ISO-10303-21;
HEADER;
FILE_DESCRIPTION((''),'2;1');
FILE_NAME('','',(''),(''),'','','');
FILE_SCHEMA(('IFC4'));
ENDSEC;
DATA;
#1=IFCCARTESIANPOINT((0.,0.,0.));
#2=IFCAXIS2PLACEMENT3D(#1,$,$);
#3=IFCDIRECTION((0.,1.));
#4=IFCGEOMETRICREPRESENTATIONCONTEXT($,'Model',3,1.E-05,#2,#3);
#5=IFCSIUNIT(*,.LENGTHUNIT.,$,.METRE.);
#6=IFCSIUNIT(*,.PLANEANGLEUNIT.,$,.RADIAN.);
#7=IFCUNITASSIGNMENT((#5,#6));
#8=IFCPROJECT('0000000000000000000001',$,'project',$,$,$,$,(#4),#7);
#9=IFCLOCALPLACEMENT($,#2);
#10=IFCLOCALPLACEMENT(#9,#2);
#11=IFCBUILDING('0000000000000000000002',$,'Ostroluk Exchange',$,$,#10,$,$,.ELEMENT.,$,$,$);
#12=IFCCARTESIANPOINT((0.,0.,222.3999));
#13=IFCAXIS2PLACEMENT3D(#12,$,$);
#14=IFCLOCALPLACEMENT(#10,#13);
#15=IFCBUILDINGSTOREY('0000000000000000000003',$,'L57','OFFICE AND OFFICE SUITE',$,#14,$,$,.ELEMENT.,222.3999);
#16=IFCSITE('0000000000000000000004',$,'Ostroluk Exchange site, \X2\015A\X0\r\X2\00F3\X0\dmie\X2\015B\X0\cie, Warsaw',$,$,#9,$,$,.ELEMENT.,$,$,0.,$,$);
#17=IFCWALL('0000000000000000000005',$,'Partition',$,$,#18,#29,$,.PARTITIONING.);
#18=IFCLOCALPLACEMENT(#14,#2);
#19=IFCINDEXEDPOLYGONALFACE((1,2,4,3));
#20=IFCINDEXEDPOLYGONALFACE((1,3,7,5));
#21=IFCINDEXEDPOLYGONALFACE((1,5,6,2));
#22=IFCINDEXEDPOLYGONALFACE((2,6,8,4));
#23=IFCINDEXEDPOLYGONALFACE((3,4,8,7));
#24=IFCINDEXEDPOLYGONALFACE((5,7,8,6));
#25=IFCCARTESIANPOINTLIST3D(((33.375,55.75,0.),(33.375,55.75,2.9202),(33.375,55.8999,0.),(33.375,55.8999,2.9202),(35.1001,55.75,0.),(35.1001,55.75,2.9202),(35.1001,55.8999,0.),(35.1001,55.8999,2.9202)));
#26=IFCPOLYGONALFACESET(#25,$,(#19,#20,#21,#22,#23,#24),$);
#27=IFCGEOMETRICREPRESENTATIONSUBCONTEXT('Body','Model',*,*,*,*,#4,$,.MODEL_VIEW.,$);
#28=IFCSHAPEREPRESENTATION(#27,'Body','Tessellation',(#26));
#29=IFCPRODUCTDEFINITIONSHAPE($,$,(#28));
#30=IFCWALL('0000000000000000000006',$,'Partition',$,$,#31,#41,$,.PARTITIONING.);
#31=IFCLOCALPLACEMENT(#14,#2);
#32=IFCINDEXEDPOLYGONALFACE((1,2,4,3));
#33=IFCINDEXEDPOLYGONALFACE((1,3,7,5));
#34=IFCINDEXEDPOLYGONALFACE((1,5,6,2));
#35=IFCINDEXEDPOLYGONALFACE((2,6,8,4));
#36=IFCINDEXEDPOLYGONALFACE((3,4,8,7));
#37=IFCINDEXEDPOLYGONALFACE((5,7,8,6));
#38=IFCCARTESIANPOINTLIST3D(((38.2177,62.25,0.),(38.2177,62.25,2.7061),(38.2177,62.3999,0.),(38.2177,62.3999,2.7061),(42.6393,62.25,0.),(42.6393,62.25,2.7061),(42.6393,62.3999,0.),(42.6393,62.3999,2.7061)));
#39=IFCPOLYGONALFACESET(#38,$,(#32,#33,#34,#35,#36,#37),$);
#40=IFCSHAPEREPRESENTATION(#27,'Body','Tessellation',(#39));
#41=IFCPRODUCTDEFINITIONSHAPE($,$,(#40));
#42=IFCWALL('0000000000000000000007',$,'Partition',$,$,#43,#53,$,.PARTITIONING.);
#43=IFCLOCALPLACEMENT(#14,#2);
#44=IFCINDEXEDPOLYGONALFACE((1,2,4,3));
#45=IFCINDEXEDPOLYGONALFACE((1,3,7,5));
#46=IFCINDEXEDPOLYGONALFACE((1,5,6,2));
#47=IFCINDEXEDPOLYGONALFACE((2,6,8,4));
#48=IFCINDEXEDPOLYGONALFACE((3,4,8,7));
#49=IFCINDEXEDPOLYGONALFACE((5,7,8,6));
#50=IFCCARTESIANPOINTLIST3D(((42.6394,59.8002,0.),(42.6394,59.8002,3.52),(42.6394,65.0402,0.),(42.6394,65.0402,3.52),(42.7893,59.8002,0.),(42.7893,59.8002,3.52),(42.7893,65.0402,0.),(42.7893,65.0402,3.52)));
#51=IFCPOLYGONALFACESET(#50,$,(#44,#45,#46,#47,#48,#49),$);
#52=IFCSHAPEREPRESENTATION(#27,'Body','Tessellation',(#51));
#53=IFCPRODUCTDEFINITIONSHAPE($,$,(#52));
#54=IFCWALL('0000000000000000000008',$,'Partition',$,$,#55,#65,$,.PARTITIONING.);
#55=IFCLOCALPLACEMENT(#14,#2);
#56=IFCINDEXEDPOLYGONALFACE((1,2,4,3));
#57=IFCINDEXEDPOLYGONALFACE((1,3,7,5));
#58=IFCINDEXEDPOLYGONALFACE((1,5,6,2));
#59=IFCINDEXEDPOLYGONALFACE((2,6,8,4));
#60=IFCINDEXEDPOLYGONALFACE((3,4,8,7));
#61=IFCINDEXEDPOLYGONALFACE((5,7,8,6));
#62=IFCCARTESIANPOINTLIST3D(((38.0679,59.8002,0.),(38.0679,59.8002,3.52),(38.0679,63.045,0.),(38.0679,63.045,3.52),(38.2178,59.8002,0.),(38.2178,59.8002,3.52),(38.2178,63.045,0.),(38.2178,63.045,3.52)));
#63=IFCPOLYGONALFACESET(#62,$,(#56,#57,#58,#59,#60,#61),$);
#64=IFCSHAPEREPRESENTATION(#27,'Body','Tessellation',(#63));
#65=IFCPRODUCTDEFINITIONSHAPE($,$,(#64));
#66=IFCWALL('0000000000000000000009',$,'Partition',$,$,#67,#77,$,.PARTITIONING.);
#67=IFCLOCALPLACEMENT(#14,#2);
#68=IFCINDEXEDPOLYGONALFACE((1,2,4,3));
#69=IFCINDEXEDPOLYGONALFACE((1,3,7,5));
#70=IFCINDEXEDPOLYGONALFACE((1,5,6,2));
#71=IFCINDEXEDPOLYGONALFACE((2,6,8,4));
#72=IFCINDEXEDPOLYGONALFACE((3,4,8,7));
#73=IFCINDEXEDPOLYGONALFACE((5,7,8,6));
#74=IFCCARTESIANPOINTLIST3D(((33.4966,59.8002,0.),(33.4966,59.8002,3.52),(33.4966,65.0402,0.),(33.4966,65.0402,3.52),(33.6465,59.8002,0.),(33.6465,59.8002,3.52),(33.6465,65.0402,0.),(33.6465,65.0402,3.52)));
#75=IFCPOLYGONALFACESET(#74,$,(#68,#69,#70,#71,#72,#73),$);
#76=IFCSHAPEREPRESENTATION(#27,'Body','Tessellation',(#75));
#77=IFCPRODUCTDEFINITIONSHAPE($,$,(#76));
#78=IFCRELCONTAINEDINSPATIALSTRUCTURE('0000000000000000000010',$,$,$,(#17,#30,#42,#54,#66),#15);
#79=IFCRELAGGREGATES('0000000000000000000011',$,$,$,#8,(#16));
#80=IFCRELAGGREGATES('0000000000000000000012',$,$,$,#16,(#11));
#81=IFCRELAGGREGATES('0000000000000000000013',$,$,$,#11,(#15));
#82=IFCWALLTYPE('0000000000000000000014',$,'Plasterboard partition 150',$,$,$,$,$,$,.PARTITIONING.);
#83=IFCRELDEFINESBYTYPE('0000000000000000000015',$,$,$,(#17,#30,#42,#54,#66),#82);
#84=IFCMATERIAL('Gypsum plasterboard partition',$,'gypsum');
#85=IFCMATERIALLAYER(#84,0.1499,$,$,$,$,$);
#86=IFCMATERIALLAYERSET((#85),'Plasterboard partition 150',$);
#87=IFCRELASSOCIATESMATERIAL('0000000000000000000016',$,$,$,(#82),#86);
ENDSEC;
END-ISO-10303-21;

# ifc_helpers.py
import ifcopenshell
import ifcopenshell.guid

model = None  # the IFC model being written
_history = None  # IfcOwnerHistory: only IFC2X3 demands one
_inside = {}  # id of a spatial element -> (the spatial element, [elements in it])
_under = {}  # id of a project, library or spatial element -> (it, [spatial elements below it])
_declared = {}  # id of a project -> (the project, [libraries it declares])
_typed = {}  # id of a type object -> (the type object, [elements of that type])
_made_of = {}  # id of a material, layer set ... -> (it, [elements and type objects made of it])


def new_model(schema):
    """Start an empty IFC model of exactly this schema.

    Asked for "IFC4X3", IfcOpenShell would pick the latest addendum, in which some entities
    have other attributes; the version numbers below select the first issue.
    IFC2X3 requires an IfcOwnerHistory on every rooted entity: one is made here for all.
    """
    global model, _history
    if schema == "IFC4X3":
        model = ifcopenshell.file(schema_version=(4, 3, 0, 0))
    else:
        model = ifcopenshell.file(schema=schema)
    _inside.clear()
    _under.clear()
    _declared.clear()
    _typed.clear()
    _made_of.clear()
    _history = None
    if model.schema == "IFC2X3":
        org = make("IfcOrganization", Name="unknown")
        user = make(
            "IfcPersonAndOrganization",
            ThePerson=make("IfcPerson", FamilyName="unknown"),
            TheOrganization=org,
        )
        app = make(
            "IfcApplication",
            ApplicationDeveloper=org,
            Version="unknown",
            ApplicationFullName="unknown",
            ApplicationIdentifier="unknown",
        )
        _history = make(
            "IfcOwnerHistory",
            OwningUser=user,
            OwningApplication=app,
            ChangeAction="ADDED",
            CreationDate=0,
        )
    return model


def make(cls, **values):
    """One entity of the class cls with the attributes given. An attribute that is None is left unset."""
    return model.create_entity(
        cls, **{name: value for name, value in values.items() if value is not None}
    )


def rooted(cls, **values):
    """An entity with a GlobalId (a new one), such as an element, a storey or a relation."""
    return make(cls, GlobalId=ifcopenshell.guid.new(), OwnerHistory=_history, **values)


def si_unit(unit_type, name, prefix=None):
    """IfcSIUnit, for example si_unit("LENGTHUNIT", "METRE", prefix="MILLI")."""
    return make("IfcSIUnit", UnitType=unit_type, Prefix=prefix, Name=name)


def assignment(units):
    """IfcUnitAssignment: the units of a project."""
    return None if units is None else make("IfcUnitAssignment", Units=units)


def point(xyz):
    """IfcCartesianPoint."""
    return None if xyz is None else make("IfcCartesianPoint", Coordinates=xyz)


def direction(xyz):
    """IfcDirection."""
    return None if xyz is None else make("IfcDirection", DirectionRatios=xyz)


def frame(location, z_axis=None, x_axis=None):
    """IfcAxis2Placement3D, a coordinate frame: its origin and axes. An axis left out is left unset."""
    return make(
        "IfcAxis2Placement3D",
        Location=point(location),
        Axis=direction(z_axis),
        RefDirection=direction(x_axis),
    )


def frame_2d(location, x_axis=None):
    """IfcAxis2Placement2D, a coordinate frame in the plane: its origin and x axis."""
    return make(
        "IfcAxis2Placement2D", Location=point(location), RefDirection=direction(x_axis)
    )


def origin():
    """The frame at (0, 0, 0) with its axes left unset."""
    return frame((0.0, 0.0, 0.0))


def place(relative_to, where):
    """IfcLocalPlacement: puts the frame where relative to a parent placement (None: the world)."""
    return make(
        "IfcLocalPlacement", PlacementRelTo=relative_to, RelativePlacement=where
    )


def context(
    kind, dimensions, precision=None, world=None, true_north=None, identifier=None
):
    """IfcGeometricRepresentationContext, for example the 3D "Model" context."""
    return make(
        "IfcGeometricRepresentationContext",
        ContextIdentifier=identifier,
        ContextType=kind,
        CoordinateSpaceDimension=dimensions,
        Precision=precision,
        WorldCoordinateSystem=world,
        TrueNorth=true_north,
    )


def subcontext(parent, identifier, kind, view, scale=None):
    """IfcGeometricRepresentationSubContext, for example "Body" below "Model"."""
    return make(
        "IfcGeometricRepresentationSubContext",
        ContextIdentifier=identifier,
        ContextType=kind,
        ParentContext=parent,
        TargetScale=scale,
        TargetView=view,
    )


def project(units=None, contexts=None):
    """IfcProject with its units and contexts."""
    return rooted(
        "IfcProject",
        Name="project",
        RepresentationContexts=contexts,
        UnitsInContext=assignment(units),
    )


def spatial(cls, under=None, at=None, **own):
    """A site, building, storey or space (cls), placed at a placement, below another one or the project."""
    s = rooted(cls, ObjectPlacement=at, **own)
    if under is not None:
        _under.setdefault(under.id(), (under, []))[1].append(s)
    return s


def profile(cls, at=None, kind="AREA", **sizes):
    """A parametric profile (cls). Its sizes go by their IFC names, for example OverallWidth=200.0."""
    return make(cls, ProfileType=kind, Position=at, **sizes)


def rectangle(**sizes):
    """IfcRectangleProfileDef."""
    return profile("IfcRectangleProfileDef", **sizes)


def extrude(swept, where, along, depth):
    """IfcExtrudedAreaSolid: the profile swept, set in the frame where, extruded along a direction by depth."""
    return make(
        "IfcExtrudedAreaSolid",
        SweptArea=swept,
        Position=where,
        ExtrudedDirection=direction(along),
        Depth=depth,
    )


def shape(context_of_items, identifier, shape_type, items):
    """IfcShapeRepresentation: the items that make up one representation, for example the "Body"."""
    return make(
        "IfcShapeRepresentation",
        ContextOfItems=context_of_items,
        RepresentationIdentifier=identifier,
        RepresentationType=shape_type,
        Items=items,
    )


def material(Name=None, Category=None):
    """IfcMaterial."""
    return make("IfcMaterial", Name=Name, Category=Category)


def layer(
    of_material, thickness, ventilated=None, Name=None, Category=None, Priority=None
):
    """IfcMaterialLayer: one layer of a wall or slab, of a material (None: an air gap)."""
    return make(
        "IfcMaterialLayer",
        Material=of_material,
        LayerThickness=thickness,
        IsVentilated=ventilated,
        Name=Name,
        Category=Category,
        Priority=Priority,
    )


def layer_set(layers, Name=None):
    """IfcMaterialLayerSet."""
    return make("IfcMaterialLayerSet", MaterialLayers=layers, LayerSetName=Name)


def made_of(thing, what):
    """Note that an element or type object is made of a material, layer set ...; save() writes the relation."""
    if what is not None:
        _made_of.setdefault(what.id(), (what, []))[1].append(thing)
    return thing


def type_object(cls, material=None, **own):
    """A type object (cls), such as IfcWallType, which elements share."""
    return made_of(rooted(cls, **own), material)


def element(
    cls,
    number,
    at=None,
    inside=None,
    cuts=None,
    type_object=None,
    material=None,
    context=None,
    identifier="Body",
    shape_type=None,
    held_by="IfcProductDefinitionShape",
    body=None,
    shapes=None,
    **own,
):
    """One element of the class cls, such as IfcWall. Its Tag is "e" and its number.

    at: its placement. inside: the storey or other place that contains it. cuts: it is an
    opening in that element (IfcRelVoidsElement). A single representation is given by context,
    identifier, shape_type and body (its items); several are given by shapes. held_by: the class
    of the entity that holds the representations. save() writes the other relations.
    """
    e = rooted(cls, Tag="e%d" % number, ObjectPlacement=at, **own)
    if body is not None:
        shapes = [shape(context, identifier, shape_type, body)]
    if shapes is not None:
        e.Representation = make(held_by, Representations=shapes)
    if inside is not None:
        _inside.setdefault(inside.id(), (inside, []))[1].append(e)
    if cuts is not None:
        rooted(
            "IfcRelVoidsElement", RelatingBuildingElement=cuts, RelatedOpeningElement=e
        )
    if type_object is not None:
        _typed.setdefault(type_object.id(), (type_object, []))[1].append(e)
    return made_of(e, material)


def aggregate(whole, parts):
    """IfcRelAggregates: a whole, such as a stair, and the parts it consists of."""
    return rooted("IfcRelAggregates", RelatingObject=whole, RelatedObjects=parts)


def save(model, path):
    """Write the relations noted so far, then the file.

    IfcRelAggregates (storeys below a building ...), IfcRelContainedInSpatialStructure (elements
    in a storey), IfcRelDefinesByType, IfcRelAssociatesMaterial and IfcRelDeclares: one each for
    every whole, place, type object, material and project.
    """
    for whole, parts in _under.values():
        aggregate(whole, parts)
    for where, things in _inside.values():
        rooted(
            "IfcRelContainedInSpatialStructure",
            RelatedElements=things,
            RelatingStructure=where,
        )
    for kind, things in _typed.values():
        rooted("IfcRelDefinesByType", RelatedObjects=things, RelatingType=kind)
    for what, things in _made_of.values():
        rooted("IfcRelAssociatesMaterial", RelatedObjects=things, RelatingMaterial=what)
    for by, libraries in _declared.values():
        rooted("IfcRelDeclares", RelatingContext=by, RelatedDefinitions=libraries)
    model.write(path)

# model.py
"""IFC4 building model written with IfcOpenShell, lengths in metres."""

from ifc_helpers import new_model, si_unit, direction, frame, frame_2d, origin, place, context, subcontext, project, spatial, rectangle, extrude, material, layer, layer_set, type_object, element, save


model = new_model("IFC4")

# Units and contexts
model_context = context("Model", 3, precision=1e-05, world=origin(), true_north=direction((0.0, 1.0)))
body_context = subcontext(model_context, "Body", "Model", "MODEL_VIEW")
ifc_project = project(units=[si_unit("LENGTHUNIT", "METRE"), si_unit("PLANEANGLEUNIT", "RADIAN")], contexts=[model_context])

# Site, building, storey
site_placement = place(None, origin())
site = spatial("IfcSite", under=ifc_project, at=site_placement, Name="Ostroluk Exchange site, Śródmieście, Warsaw", CompositionType="ELEMENT", RefElevation=0.0)
building_placement = place(site_placement, origin())
building = spatial("IfcBuilding", under=site, at=building_placement, Name="Ostroluk Exchange", CompositionType="ELEMENT")
storey_placement = place(building_placement, frame((0.0, 0.0, 222.3999)))
storey = spatial("IfcBuildingStorey", under=building, at=storey_placement, Name="L57", Description="OFFICE AND OFFICE SUITE", CompositionType="ELEMENT", Elevation=222.3999)

# Shared definitions
ifc_material_1 = material(Name="Gypsum plasterboard partition", Category="gypsum")
ifc_layer = layer(ifc_material_1, 0.1499)
ifc_layer_set = layer_set([ifc_layer], Name="Plasterboard partition 150")
wall_type = type_object("IfcWallType", Name="Plasterboard partition 150", PredefinedType="PARTITIONING", material=ifc_layer_set)

# Walls
wall_1_placement = place(storey_placement, frame((35.1001, 55.825, 0.0), z_axis=(0.0, 0.0, 1.0), x_axis=(-1.0, 0.0, 0.0)))
element("IfcWall", 1, at=wall_1_placement, inside=storey, type_object=wall_type, Name="Partition", PredefinedType="PARTITIONING", context=body_context, shape_type="SweptSolid", body=[
    extrude(rectangle(XDim=1.7251, YDim=0.1499, at=frame_2d((0.8625, 0.0))), origin(), (0.0, 0.0, 1.0), 2.9202),
])
wall_2_placement = place(storey_placement, frame((42.6394, 62.325, 0.0), z_axis=(0.0, 0.0, 1.0), x_axis=(-1.0, 0.0, 0.0)))
element("IfcWall", 2, at=wall_2_placement, inside=storey, type_object=wall_type, Name="Partition", PredefinedType="PARTITIONING", context=body_context, shape_type="SweptSolid", body=[
    extrude(rectangle(XDim=4.4216, YDim=0.1499, at=frame_2d((2.2109, 0.0))), origin(), (0.0, 0.0, 1.0), 2.7061),
])
wall_3_placement = place(storey_placement, frame((42.7144, 59.8, 0.0), z_axis=(0.0, 0.0, 1.0), x_axis=(0.0, 1.0, 0.0)))
element("IfcWall", 3, at=wall_3_placement, inside=storey, type_object=wall_type, Name="Partition", PredefinedType="PARTITIONING", context=body_context, shape_type="SweptSolid", body=[
    extrude(rectangle(XDim=5.24, YDim=0.1499, at=frame_2d((2.6201, 0.0))), origin(), (0.0, 0.0, 1.0), 3.52),
])
wall_4_placement = place(storey_placement, frame((38.1428, 59.8, 0.0), z_axis=(0.0, 0.0, 1.0), x_axis=(0.0, 1.0, 0.0)))
element("IfcWall", 4, at=wall_4_placement, inside=storey, type_object=wall_type, Name="Partition", PredefinedType="PARTITIONING", context=body_context, shape_type="SweptSolid", body=[
    extrude(rectangle(XDim=3.2449, YDim=0.1499, at=frame_2d((1.6226, 0.0))), origin(), (0.0, 0.0, 1.0), 3.52),
])
wall_5_placement = place(storey_placement, frame((33.5715, 59.8, 0.0), z_axis=(0.0, 0.0, 1.0), x_axis=(0.0, 1.0, 0.0)))
element("IfcWall", 5, at=wall_5_placement, inside=storey, type_object=wall_type, Name="Partition", PredefinedType="PARTITIONING", context=body_context, shape_type="SweptSolid", body=[
    extrude(rectangle(XDim=5.24, YDim=0.1499, at=frame_2d((2.6201, 0.0))), origin(), (0.0, 0.0, 1.0), 3.52),
])

save(model, "model.ifc")
